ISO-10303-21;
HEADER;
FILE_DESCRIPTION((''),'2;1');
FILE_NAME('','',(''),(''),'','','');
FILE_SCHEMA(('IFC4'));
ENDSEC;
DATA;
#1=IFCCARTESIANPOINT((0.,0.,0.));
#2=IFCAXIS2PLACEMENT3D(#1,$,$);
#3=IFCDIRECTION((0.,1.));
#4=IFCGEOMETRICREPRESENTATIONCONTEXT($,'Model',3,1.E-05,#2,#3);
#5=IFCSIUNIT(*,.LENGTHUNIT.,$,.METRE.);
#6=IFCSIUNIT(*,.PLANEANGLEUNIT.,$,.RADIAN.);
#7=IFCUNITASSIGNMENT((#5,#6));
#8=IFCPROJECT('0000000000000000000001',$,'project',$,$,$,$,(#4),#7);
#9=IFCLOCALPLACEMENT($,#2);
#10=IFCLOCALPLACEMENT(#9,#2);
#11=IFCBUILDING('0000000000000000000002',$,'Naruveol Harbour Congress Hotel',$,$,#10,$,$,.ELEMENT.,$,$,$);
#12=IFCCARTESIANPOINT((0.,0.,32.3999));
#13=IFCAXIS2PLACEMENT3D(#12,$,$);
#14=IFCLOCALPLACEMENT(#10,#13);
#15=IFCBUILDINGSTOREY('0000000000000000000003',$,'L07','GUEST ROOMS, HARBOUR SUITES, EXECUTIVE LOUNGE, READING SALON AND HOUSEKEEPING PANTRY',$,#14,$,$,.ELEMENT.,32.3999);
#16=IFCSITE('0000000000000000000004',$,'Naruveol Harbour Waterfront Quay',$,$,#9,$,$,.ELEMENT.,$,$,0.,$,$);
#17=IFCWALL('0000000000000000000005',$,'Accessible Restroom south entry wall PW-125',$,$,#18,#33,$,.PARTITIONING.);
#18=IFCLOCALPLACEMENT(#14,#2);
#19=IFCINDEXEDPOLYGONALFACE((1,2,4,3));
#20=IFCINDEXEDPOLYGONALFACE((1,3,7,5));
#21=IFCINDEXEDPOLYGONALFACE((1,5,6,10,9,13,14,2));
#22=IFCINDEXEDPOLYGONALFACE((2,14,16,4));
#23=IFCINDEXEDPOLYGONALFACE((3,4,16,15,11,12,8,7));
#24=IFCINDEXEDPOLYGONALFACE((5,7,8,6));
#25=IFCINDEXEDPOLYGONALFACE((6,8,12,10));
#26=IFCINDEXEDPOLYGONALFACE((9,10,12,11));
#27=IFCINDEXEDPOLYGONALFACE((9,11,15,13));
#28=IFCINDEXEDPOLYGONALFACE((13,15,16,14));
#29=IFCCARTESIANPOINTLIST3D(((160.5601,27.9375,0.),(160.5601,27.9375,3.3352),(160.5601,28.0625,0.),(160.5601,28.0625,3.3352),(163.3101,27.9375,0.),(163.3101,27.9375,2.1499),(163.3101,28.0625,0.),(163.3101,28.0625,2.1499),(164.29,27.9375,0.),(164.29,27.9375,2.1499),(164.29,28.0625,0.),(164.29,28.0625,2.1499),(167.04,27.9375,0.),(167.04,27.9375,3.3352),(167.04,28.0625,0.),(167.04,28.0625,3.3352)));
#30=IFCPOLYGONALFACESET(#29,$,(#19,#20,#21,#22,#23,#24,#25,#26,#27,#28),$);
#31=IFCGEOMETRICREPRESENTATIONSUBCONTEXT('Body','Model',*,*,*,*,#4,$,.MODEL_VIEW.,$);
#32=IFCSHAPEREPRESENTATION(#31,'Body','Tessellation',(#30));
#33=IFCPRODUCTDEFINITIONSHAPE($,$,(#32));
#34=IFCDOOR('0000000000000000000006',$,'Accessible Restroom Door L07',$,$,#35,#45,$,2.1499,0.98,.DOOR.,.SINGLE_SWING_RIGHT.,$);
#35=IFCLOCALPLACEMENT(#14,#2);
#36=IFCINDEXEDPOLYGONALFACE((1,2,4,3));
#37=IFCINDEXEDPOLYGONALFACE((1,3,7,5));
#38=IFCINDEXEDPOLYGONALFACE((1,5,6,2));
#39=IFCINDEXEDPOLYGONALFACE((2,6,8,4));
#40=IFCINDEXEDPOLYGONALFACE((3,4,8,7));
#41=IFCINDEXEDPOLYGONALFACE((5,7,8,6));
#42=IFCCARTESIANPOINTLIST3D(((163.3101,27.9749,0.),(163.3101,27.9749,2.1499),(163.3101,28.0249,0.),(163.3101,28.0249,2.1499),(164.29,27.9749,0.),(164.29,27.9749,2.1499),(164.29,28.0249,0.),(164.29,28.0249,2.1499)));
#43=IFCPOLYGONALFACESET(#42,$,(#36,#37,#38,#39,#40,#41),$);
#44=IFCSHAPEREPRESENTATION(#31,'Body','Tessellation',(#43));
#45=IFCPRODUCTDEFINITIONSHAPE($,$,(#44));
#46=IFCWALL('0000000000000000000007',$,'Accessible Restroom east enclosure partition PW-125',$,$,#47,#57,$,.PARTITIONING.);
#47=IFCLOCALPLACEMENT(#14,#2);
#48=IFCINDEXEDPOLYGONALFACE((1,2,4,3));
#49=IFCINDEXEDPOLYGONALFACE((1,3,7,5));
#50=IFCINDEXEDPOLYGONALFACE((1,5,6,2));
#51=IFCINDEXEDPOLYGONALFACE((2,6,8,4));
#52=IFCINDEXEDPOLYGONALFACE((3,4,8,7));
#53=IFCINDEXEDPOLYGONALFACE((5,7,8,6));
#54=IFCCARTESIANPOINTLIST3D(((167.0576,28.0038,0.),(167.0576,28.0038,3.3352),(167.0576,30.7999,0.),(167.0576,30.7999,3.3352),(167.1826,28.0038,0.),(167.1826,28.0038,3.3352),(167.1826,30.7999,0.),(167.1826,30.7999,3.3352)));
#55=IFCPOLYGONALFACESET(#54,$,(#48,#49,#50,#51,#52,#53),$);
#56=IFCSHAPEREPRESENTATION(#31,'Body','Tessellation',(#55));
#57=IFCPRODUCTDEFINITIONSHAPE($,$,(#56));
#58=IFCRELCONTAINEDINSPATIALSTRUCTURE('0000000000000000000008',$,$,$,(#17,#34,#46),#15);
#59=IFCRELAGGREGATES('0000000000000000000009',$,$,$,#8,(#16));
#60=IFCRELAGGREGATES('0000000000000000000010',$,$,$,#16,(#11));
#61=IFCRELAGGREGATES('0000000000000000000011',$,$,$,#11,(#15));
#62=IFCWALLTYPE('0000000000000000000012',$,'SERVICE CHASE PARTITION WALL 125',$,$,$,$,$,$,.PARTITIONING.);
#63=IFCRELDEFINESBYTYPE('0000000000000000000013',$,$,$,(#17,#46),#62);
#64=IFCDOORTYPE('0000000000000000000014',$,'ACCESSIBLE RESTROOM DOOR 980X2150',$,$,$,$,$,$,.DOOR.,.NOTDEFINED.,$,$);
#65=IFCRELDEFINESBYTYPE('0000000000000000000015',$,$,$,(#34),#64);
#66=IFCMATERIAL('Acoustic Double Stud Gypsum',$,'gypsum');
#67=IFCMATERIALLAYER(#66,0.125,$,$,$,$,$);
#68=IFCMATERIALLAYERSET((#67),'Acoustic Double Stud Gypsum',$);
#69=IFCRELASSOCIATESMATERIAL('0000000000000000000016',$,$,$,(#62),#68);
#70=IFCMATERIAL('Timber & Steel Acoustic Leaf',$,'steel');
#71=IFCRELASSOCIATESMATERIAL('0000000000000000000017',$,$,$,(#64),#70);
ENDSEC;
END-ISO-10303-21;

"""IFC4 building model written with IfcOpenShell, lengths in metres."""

from ifc_helpers import new_model, si_unit, direction, frame, frame_2d, origin, place, context, subcontext, project, spatial, rectangle, extrude, material, layer, layer_set, type_object, element, fill, save


model = new_model("IFC4")

# Units and contexts
model_context = context("Model", 3, precision=1e-05, world=origin(), true_north=direction((0.0, 1.0)))
body_context = subcontext(model_context, "Body", "Model", "MODEL_VIEW")
ifc_project = project(units=[si_unit("LENGTHUNIT", "METRE"), si_unit("PLANEANGLEUNIT", "RADIAN")], contexts=[model_context])

# Site, building, storey
site_placement = place(None, origin())
site = spatial("IfcSite", under=ifc_project, at=site_placement, Name="Naruveol Harbour Waterfront Quay", CompositionType="ELEMENT", RefElevation=0.0)
building_placement = place(site_placement, origin())
building = spatial("IfcBuilding", under=site, at=building_placement, Name="Naruveol Harbour Congress Hotel", CompositionType="ELEMENT")
storey_placement = place(building_placement, frame((0.0, 0.0, 32.3999)))
storey = spatial("IfcBuildingStorey", under=building, at=storey_placement, Name="L07", Description="GUEST ROOMS, HARBOUR SUITES, EXECUTIVE LOUNGE, READING SALON AND HOUSEKEEPING PANTRY", CompositionType="ELEMENT", Elevation=32.3999)

# Wall, opening, door
ifc_material_1 = material(Name="Acoustic Double Stud Gypsum", Category="gypsum")
ifc_layer_1 = layer(ifc_material_1, 0.125)
ifc_layer_set_1 = layer_set([ifc_layer_1], Name="Acoustic Double Stud Gypsum")
wall_type_1 = type_object("IfcWallType", Name="SERVICE CHASE PARTITION WALL 125", PredefinedType="PARTITIONING", material=ifc_layer_set_1)
wall_1_placement = place(storey_placement, frame((160.5601, 28.0, 0.0), z_axis=(0.0, 0.0, 1.0), x_axis=(1.0, 0.0, 0.0)))
wall_1 = element("IfcWall", 1, at=wall_1_placement, inside=storey, type_object=wall_type_1, Name="Accessible Restroom south entry wall PW-125", PredefinedType="PARTITIONING", context=body_context, shape_type="SweptSolid", body=[
    extrude(rectangle(XDim=6.48, YDim=0.125, at=frame_2d((3.24, 0.0))), origin(), (0.0, 0.0, 1.0), 3.3352),
])
opening_1_placement = place(wall_1_placement, frame((2.75, 0.0, 0.0)))
opening_1 = element("IfcOpeningElement", 2, at=opening_1_placement, cuts=wall_1, PredefinedType="OPENING", context=body_context, shape_type="SweptSolid", body=[
    extrude(rectangle(XDim=0.98, YDim=2.1499, at=frame_2d((0.49, 1.075))), frame((0.0, 0.0725, 0.0), z_axis=(0.0, -1.0, 0.0), x_axis=(1.0, 0.0, 0.0)), (0.0, 0.0, 1.0), 0.145),
])
ifc_material_2 = material(Name="Timber & Steel Acoustic Leaf", Category="steel")
door_type_1 = type_object("IfcDoorType", Name="ACCESSIBLE RESTROOM DOOR 980X2150", OperationType="NOTDEFINED", PredefinedType="DOOR", material=ifc_material_2)
door_1_placement = place(opening_1_placement, origin())
door_1 = element("IfcDoor", 3, at=door_1_placement, inside=storey, type_object=door_type_1, Name="Accessible Restroom Door L07", OperationType="SINGLE_SWING_RIGHT", OverallHeight=2.1499, OverallWidth=0.98, PredefinedType="DOOR", context=body_context, shape_type="SweptSolid", body=[
    extrude(rectangle(XDim=0.98, YDim=2.1499, at=frame_2d((0.49, 1.075))), frame((0.0, 0.0249, 0.0), z_axis=(0.0, -1.0, 0.0), x_axis=(1.0, 0.0, 0.0)), (0.0, 0.0, 1.0), 0.05),
])
fill(opening_1, door_1)

# Wall
wall_2_placement = place(storey_placement, frame((167.1201, 28.0039, 0.0), z_axis=(0.0, 0.0, 1.0), x_axis=(0.0, 1.0, 0.0)))
element("IfcWall", 4, at=wall_2_placement, inside=storey, type_object=wall_type_1, Name="Accessible Restroom east enclosure partition PW-125", PredefinedType="PARTITIONING", context=body_context, shape_type="SweptSolid", body=[
    extrude(rectangle(XDim=2.7961, YDim=0.125, at=frame_2d((1.3979, 0.0))), origin(), (0.0, 0.0, 1.0), 3.3352),
])

save(model, "model.ifc")
